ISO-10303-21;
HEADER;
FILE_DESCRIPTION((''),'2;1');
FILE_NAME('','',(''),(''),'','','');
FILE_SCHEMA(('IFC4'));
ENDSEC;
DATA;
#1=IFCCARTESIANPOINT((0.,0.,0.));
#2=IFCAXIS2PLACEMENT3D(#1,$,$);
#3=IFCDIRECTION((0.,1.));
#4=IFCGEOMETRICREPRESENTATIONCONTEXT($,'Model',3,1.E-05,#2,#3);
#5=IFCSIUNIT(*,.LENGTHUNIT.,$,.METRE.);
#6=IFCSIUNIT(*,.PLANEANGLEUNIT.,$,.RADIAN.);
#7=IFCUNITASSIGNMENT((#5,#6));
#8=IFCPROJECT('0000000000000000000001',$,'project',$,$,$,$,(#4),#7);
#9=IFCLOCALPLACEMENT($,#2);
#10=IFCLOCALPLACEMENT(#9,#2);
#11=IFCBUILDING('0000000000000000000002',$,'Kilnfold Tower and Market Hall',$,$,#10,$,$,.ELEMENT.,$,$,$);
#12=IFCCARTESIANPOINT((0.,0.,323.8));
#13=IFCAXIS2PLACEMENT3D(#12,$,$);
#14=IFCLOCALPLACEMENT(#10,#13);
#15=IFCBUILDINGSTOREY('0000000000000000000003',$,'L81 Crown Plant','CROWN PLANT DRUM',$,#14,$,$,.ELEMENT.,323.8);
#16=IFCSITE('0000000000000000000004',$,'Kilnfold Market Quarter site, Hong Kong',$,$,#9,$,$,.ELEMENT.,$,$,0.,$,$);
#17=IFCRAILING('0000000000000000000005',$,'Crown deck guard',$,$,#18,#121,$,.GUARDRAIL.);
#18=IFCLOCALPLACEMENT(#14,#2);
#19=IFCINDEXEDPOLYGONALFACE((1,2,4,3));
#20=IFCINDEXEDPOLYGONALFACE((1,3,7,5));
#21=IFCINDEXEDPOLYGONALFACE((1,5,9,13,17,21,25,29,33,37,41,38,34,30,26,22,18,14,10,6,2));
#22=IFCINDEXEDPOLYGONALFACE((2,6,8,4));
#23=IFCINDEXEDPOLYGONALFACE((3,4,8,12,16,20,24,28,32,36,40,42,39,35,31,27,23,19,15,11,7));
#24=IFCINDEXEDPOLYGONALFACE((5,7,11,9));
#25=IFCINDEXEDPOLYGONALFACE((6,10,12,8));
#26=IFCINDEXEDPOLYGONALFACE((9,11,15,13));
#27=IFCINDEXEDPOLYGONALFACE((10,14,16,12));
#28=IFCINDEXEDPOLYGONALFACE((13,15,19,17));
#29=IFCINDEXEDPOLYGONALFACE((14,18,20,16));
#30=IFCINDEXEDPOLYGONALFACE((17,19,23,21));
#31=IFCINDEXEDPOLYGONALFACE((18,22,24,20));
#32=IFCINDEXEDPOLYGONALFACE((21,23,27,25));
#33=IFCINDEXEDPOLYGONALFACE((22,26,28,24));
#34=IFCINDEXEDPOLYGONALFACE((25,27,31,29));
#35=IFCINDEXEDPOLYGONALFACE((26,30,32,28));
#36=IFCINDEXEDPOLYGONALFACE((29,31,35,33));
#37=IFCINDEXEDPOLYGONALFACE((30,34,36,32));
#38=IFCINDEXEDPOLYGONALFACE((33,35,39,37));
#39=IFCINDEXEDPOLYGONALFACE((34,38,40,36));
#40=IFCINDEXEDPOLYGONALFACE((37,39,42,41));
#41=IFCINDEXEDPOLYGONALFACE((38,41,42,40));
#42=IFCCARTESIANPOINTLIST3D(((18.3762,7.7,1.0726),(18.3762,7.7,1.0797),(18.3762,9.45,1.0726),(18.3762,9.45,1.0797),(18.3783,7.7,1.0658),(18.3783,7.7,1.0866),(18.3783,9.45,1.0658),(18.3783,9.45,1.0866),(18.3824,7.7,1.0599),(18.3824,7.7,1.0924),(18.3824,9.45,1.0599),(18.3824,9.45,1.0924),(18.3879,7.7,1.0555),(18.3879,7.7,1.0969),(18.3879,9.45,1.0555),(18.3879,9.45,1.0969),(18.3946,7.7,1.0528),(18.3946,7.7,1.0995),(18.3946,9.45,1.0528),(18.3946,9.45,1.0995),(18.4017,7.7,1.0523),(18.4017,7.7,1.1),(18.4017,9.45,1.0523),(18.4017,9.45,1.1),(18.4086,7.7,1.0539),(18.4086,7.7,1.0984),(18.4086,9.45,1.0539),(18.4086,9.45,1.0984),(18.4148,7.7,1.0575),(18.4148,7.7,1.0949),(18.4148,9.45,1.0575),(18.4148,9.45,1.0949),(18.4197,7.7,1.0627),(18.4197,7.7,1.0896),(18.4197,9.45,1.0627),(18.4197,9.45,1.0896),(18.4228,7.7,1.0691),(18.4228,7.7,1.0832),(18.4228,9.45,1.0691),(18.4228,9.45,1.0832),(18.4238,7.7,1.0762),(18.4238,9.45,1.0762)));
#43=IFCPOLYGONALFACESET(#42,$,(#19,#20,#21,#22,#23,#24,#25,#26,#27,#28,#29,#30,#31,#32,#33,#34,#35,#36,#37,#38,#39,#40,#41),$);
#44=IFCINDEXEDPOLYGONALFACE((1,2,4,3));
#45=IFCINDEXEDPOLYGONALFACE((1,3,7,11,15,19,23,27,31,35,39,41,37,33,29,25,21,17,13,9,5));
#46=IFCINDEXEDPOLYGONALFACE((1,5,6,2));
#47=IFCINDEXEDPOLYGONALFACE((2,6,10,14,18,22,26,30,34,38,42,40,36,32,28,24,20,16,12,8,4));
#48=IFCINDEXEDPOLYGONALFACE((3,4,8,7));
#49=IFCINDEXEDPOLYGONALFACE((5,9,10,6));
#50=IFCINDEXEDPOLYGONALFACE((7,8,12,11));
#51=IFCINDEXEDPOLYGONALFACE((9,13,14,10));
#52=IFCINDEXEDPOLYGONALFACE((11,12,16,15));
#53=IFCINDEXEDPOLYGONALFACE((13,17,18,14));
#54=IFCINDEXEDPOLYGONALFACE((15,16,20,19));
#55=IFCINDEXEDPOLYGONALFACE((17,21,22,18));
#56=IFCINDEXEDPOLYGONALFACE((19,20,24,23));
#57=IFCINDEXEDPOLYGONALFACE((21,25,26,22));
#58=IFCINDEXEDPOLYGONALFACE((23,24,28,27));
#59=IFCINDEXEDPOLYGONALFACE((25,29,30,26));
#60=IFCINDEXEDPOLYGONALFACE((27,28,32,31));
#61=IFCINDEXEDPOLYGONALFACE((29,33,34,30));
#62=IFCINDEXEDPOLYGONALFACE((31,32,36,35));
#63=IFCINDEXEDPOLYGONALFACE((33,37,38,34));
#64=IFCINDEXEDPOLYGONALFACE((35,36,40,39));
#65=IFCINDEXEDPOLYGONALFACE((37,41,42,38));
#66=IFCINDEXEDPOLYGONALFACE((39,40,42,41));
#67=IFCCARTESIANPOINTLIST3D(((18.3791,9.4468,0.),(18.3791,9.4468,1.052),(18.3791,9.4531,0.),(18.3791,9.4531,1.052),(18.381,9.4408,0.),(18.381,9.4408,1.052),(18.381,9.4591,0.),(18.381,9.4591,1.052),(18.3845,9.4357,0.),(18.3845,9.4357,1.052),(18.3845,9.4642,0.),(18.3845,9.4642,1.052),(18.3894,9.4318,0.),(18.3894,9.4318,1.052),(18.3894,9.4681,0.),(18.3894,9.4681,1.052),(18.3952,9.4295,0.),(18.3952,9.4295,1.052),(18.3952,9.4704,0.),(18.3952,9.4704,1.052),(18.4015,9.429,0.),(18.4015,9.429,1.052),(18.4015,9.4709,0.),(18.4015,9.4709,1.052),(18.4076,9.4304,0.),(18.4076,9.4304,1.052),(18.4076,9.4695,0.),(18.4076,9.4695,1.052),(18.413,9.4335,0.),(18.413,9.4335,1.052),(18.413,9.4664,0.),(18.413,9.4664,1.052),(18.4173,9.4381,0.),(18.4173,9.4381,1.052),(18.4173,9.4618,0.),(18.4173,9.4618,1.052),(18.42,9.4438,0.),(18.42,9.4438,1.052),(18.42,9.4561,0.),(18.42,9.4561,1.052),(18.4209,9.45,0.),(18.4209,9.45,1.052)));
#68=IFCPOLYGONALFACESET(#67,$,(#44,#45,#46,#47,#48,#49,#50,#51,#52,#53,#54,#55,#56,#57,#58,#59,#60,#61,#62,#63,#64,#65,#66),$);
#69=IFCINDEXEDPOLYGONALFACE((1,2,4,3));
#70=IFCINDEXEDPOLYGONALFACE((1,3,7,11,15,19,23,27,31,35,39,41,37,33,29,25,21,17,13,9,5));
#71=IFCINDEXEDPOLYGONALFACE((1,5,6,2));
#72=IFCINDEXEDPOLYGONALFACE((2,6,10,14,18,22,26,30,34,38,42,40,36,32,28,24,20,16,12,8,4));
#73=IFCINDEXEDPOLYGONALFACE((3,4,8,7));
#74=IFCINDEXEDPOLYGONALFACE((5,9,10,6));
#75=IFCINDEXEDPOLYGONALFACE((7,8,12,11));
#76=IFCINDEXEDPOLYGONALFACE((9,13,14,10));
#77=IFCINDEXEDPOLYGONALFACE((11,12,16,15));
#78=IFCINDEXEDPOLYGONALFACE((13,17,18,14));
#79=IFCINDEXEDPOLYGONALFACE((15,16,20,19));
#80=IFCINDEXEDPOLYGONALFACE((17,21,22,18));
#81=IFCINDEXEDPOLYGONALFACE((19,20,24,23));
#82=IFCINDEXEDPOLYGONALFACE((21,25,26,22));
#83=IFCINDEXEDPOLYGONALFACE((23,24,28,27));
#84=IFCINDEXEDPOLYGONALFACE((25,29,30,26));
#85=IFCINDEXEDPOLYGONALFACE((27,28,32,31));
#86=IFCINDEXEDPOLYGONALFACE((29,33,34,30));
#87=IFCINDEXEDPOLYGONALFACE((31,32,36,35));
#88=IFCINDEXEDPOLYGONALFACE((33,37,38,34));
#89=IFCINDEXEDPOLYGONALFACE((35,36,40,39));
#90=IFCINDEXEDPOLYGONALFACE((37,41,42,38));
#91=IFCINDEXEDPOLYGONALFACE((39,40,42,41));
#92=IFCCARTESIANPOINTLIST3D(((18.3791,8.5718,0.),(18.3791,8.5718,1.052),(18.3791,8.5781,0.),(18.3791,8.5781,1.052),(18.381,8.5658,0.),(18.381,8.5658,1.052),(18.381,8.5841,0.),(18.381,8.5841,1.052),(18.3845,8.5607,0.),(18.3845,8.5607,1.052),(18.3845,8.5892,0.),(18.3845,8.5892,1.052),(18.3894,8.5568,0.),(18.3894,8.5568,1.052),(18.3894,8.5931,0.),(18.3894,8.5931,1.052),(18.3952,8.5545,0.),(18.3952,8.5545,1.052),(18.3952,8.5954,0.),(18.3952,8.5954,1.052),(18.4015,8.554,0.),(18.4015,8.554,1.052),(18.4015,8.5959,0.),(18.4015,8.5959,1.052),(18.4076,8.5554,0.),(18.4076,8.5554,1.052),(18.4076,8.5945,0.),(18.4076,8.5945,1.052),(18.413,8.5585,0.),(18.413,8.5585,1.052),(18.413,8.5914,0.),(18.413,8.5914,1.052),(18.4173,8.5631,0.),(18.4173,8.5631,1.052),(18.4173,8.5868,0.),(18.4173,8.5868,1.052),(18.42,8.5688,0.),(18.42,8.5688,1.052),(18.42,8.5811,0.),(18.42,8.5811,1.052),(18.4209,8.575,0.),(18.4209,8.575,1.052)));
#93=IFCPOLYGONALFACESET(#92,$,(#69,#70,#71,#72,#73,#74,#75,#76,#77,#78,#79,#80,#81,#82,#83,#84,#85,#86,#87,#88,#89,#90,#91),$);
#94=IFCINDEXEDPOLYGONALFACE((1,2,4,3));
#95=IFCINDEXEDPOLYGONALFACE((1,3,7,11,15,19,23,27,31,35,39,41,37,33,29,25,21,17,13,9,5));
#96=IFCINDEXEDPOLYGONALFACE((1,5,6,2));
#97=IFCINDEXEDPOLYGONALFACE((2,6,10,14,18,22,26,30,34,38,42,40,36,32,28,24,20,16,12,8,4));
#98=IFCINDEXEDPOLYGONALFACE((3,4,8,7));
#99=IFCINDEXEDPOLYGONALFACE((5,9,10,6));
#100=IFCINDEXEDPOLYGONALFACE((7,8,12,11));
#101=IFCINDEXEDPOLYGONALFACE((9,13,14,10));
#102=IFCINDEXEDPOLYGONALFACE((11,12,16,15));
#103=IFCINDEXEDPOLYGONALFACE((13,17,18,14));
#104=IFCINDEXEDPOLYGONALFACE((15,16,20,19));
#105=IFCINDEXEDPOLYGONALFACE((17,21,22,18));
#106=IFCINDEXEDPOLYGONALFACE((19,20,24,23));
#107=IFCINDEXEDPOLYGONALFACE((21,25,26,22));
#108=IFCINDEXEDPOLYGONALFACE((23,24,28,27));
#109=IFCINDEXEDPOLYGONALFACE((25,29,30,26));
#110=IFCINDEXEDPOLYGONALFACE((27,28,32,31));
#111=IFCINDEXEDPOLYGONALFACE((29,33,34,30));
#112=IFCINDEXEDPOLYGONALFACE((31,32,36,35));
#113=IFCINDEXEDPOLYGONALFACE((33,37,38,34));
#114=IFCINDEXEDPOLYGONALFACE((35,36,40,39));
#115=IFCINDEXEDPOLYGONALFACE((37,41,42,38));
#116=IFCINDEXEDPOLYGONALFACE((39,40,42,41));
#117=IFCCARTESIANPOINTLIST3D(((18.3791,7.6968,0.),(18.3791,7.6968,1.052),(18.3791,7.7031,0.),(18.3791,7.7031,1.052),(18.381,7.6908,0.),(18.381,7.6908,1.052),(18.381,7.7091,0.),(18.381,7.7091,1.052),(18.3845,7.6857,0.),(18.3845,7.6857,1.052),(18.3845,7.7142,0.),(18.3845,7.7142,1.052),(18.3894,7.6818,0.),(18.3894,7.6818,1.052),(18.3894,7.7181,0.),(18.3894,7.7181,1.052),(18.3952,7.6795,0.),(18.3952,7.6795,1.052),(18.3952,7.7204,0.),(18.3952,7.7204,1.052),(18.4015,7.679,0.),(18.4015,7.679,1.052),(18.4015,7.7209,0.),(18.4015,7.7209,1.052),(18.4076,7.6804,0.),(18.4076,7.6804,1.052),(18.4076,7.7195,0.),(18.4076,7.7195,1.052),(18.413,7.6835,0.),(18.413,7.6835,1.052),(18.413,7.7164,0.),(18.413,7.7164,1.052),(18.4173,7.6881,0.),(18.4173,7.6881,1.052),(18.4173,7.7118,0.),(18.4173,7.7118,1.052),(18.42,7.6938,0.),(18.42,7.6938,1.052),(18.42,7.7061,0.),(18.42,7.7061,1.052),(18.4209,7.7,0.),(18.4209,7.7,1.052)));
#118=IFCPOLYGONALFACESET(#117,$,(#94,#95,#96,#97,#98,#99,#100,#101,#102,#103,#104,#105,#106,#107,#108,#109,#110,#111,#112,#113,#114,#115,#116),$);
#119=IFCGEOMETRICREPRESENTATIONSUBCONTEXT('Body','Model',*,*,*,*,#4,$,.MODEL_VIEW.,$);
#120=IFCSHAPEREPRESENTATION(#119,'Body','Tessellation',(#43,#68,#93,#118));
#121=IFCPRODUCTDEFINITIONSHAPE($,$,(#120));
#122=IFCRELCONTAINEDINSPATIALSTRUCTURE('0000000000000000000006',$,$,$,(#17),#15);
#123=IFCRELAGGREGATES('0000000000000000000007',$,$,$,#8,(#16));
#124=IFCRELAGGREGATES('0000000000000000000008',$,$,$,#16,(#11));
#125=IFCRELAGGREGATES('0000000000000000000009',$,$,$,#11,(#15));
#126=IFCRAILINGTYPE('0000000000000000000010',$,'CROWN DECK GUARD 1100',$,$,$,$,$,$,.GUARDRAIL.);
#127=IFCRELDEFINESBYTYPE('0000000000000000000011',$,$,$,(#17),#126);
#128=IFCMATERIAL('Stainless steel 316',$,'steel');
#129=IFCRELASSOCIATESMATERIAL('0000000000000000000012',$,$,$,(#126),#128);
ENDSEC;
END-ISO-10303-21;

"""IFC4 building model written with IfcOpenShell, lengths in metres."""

from ifc_helpers import new_model, si_unit, direction, frame, origin, origin_2d, place, context, subcontext, project, spatial, circle, extrude, material, type_object, element, save


model = new_model("IFC4")

# Units and contexts
model_context = context("Model", 3, precision=1e-05, world=origin(), true_north=direction((0.0, 1.0)))
body_context = subcontext(model_context, "Body", "Model", "MODEL_VIEW")
ifc_project = project(units=[si_unit("LENGTHUNIT", "METRE"), si_unit("PLANEANGLEUNIT", "RADIAN")], contexts=[model_context])

# Site, building, storey
site_placement = place(None, origin())
site = spatial("IfcSite", under=ifc_project, at=site_placement, Name="Kilnfold Market Quarter site, Hong Kong", CompositionType="ELEMENT", RefElevation=0.0)
building_placement = place(site_placement, origin())
building = spatial("IfcBuilding", under=site, at=building_placement, Name="Kilnfold Tower and Market Hall", CompositionType="ELEMENT")
storey_placement = place(building_placement, frame((0.0, 0.0, 323.8)))
storey = spatial("IfcBuildingStorey", under=building, at=storey_placement, Name="L81 Crown Plant", Description="CROWN PLANT DRUM", CompositionType="ELEMENT", Elevation=323.8)

# Railing
ifc_material_1 = material(Name="Stainless steel 316", Category="steel")
railing_type_1 = type_object("IfcRailingType", Name="CROWN DECK GUARD 1100", PredefinedType="GUARDRAIL", material=ifc_material_1)
railing_1_placement = place(storey_placement, frame((18.3999, 9.45, 0.0)))
element("IfcRailing", 1, at=railing_1_placement, inside=storey, type_object=railing_type_1, Name="Crown deck guard", PredefinedType="GUARDRAIL", context=body_context, shape_type="SweptSolid", body=[
    extrude(circle(Radius=0.0239, at=origin_2d()), frame((0.0, 0.0, 1.0762), z_axis=(0.0, -1.0, 0.0), x_axis=(1.0, 0.0, 0.0)), (0.0, 0.0, 1.0), 1.75),
    extrude(circle(Radius=0.021, at=origin_2d()), origin(), (0.0, 0.0, 1.0), 1.052),
    extrude(circle(Radius=0.021, at=origin_2d()), frame((0.0, -0.875, 0.0)), (0.0, 0.0, 1.0), 1.052),
    extrude(circle(Radius=0.021, at=origin_2d()), frame((0.0, -1.75, 0.0)), (0.0, 0.0, 1.0), 1.052),
])

save(model, "model.ifc")
